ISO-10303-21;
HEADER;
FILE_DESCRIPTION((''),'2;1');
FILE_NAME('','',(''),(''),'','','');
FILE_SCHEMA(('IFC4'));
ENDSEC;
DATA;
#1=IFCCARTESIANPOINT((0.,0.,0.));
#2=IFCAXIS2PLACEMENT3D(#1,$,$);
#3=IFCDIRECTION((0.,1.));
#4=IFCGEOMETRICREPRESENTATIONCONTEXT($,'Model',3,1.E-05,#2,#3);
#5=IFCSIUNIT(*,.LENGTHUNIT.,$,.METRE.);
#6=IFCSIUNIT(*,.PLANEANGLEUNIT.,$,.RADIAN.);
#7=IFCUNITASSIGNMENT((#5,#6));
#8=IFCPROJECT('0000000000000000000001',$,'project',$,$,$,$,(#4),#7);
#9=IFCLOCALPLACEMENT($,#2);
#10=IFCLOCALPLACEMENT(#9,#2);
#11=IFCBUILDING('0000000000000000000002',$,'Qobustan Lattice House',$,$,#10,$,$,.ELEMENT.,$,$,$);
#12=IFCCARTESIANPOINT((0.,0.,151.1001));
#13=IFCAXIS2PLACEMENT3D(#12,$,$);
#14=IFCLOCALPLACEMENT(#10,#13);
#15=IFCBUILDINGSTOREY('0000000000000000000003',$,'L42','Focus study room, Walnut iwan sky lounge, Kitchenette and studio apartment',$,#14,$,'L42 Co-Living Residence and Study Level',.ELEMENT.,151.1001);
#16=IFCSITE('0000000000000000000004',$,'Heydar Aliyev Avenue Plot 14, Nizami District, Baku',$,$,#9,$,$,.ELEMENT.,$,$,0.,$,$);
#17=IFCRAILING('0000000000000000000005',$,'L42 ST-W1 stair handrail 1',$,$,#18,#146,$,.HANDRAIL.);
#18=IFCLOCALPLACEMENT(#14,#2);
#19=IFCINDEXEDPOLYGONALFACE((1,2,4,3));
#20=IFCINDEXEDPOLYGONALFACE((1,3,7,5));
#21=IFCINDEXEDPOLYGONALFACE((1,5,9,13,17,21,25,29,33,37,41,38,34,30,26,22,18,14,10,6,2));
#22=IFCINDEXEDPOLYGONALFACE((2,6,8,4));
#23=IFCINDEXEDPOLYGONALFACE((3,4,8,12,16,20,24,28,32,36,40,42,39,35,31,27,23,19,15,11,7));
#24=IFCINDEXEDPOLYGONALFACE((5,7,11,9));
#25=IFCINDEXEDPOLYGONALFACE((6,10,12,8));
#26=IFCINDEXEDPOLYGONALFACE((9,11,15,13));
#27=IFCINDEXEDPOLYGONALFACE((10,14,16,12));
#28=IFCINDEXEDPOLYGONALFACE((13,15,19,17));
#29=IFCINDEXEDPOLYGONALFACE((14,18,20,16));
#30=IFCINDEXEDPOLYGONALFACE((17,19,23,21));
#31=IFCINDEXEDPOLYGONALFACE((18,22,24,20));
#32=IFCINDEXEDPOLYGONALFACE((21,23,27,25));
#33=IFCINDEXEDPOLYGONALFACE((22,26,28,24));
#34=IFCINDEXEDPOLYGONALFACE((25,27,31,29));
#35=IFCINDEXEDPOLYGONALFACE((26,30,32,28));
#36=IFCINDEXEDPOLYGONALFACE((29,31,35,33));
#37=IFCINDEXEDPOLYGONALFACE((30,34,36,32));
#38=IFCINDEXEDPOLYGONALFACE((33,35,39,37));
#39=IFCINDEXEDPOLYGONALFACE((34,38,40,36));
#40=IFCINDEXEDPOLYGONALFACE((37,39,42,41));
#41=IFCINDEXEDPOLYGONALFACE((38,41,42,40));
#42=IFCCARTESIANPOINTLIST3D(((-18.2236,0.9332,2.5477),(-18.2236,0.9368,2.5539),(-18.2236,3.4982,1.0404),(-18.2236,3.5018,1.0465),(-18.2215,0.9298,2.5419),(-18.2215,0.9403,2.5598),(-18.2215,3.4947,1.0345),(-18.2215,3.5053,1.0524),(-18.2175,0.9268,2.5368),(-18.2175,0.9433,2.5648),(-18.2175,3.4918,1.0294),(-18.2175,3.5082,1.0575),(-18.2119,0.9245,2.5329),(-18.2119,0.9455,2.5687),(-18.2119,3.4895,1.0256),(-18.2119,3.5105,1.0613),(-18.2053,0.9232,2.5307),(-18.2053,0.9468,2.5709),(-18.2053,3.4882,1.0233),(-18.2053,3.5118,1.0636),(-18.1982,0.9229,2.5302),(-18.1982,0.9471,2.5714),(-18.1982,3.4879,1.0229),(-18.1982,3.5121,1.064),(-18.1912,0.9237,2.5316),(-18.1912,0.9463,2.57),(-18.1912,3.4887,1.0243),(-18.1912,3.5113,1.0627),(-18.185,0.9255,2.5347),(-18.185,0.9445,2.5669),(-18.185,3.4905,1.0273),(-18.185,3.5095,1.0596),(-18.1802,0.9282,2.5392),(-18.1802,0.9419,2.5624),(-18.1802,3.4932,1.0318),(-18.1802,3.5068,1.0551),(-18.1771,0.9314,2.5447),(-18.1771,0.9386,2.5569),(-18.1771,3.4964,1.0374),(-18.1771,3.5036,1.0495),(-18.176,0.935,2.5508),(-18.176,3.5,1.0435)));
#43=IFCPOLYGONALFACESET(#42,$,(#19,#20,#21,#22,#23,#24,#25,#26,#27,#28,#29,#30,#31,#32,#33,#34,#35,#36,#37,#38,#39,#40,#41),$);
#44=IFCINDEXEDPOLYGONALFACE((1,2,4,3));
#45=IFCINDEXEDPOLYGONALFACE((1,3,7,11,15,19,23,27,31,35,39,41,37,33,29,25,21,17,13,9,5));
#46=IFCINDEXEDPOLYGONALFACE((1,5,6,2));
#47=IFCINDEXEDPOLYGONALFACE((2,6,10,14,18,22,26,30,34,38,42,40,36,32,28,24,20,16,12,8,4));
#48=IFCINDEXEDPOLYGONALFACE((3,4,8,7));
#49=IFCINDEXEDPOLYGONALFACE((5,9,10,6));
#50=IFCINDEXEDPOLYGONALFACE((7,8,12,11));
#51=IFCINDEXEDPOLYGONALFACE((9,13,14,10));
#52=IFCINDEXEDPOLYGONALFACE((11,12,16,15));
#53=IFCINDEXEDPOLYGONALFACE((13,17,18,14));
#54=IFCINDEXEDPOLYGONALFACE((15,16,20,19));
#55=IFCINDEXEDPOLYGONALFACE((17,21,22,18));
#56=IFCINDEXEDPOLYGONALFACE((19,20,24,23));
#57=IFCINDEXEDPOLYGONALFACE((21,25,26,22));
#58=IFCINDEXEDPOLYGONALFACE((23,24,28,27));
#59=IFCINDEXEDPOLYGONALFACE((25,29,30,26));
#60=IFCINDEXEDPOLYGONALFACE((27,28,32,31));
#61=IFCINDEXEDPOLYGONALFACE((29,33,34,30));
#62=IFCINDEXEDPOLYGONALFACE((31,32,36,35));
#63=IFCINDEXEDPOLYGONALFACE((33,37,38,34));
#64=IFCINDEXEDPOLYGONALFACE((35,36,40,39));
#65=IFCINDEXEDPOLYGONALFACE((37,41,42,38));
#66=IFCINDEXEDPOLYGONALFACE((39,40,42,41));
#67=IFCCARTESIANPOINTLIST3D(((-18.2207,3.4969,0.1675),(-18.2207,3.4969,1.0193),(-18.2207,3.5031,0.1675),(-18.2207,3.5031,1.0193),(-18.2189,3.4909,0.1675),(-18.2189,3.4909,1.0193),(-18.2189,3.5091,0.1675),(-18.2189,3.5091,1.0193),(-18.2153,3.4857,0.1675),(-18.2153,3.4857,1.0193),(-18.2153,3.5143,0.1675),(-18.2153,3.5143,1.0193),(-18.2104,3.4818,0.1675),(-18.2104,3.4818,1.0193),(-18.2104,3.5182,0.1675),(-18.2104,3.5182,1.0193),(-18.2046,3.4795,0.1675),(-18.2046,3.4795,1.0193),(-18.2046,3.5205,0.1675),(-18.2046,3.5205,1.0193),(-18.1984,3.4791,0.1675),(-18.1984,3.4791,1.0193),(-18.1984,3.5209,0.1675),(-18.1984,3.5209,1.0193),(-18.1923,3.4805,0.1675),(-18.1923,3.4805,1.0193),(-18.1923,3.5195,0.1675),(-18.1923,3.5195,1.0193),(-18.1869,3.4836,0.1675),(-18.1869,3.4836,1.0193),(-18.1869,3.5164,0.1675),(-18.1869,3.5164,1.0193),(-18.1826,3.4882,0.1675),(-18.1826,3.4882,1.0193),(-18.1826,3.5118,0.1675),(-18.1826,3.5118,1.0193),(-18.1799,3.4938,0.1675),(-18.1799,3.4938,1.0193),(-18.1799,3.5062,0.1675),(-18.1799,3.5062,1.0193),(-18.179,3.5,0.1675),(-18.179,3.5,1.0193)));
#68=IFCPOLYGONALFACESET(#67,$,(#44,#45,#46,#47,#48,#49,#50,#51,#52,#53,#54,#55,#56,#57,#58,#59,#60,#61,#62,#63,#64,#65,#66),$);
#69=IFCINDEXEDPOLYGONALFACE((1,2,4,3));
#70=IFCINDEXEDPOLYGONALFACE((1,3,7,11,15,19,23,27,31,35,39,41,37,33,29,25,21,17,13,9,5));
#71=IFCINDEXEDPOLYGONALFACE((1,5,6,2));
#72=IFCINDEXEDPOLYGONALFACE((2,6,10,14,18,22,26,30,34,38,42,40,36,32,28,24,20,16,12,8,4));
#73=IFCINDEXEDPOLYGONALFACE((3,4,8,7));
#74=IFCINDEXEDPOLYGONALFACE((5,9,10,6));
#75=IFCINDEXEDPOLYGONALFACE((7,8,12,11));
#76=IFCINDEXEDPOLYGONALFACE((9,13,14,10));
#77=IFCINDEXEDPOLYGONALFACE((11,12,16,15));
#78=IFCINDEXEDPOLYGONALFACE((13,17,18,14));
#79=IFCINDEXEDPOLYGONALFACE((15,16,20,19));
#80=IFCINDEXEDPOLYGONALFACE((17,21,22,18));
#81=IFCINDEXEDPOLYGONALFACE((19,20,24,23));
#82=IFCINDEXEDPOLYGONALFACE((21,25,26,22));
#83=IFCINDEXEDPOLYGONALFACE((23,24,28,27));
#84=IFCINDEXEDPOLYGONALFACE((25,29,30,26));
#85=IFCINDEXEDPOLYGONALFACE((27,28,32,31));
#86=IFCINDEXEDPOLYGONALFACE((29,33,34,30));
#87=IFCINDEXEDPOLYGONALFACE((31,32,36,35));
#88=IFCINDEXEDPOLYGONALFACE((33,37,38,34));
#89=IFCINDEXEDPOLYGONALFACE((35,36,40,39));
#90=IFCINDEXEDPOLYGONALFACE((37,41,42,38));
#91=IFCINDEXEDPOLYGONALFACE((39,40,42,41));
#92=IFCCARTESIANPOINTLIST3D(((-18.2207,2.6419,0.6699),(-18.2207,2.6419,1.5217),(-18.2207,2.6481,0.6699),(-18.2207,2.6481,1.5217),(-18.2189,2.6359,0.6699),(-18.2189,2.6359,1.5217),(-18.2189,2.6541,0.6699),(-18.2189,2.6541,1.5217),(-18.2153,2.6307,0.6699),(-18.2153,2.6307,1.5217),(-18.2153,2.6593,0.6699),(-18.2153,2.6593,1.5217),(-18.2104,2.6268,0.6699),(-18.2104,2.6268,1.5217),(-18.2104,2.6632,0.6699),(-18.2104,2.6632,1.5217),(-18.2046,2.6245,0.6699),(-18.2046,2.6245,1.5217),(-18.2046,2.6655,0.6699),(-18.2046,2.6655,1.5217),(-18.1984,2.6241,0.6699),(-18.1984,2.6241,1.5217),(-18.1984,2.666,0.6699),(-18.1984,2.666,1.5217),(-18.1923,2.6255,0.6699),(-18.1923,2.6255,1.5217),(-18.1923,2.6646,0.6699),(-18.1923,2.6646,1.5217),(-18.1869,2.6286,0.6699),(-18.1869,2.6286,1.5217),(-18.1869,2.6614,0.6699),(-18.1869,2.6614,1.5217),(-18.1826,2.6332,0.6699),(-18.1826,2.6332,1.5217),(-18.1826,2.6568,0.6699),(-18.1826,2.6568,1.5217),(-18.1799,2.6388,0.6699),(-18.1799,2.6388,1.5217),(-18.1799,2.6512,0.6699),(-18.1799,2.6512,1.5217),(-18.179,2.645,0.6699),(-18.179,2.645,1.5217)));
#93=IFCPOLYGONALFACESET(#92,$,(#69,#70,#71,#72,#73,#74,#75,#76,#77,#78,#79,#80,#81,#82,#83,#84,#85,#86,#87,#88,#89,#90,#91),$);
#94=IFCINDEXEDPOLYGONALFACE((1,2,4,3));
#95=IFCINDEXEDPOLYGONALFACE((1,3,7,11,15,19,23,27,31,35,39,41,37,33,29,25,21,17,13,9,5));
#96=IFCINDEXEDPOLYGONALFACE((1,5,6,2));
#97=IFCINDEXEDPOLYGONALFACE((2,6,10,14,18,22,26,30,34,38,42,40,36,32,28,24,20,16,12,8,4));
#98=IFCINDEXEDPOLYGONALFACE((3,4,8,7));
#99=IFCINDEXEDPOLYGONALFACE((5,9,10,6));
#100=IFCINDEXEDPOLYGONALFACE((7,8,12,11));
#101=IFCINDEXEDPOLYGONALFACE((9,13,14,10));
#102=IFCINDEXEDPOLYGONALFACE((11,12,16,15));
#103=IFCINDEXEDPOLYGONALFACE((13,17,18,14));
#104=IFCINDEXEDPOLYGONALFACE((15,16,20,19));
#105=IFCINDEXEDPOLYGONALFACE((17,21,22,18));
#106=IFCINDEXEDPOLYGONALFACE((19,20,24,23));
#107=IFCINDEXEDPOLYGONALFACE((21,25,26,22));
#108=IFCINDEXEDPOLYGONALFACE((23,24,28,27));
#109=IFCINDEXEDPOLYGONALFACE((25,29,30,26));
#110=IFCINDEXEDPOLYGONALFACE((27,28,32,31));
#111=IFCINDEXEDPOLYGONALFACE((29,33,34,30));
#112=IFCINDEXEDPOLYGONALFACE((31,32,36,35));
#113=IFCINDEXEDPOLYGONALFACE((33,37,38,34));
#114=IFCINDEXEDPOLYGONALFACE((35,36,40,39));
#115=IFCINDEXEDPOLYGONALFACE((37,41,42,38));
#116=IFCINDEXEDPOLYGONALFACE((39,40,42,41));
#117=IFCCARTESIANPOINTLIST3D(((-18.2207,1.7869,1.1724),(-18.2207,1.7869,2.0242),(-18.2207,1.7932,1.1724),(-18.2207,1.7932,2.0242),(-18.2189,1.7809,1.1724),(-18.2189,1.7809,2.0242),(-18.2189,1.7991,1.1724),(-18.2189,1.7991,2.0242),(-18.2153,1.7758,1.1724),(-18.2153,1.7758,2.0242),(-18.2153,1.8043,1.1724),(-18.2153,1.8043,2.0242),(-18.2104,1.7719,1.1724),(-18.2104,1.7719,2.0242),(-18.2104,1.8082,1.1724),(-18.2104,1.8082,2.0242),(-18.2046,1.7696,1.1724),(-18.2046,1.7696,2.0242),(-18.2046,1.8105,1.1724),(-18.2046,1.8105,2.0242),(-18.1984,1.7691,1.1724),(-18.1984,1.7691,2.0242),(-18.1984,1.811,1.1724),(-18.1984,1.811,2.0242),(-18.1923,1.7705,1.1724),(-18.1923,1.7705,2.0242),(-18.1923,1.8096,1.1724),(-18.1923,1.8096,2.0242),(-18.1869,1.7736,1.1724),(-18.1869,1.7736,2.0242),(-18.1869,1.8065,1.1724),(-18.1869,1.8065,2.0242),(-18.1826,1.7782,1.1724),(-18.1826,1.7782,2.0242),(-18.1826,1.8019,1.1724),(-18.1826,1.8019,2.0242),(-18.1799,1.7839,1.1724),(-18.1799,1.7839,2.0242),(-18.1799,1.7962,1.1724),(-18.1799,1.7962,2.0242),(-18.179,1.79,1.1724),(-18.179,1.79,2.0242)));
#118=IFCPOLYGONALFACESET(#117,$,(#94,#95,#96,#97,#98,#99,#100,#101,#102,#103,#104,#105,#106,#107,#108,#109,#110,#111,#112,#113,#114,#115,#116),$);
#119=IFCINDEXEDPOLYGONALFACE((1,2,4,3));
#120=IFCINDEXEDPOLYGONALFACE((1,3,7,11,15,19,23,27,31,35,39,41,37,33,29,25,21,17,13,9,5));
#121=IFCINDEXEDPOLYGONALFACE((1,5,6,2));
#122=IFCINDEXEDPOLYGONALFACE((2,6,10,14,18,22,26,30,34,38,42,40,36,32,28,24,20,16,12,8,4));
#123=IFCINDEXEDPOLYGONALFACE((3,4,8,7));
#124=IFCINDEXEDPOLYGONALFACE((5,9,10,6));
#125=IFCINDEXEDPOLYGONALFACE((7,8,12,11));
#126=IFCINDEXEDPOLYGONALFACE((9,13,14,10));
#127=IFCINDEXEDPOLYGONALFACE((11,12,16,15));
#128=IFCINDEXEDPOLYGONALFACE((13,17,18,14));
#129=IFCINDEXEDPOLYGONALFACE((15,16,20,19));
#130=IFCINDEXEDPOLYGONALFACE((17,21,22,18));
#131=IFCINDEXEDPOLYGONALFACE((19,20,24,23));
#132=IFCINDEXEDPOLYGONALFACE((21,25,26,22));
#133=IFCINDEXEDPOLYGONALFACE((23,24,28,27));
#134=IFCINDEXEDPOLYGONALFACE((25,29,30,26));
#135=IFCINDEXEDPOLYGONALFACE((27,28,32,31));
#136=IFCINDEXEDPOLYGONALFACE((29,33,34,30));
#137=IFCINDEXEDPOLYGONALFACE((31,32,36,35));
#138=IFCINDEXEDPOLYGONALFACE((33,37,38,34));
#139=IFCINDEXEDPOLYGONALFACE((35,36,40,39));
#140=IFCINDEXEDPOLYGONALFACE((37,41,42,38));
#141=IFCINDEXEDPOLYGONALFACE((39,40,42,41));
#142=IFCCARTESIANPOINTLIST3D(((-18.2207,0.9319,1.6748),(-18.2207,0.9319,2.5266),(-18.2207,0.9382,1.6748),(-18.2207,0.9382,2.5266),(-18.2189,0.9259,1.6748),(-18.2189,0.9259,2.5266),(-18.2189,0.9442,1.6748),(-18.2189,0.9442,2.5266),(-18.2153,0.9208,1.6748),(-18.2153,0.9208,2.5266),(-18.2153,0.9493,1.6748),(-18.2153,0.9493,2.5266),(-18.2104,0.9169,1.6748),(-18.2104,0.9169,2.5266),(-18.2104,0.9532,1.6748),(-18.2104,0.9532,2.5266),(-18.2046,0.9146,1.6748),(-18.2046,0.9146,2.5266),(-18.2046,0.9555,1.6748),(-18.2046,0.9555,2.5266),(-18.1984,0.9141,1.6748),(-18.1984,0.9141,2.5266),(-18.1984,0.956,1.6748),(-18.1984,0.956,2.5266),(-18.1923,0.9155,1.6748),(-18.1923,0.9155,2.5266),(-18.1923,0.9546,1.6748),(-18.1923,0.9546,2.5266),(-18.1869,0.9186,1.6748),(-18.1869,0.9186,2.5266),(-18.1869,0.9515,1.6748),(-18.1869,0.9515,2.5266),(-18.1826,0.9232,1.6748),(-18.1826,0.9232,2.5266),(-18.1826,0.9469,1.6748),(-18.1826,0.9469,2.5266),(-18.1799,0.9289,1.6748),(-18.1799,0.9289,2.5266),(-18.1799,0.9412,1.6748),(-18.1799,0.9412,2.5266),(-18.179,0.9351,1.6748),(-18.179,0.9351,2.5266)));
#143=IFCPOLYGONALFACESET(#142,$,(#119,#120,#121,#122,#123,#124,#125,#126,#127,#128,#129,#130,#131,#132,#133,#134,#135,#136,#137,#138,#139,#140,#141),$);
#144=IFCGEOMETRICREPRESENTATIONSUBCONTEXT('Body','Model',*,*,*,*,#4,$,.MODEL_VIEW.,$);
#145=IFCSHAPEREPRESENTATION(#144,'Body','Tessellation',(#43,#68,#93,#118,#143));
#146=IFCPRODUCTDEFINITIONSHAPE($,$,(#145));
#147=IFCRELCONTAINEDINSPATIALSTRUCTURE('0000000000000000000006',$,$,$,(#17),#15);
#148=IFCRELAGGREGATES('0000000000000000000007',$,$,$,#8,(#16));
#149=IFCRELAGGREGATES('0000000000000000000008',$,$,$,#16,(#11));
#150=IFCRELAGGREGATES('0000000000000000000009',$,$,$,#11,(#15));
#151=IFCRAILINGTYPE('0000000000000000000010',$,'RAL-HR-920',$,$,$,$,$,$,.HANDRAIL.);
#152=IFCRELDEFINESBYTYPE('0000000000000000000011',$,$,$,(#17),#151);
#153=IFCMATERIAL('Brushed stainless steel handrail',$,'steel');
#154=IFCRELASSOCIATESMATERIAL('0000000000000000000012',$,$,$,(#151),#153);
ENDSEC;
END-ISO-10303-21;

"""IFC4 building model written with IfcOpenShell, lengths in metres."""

from ifc_helpers import new_model, si_unit, direction, frame, origin, origin_2d, place, context, subcontext, project, spatial, circle, extrude, material, type_object, element, save


model = new_model("IFC4")

# Units and contexts
model_context = context("Model", 3, precision=1e-05, world=origin(), true_north=direction((0.0, 1.0)))
body_context = subcontext(model_context, "Body", "Model", "MODEL_VIEW")
ifc_project = project(units=[si_unit("LENGTHUNIT", "METRE"), si_unit("PLANEANGLEUNIT", "RADIAN")], contexts=[model_context])

# Site, building, storey
site_placement = place(None, origin())
site = spatial("IfcSite", under=ifc_project, at=site_placement, Name="Heydar Aliyev Avenue Plot 14, Nizami District, Baku", CompositionType="ELEMENT", RefElevation=0.0)
building_placement = place(site_placement, origin())
building = spatial("IfcBuilding", under=site, at=building_placement, Name="Qobustan Lattice House", CompositionType="ELEMENT")
storey_placement = place(building_placement, frame((0.0, 0.0, 151.1001)))
storey = spatial("IfcBuildingStorey", under=building, at=storey_placement, Name="L42", Description="Focus study room, Walnut iwan sky lounge, Kitchenette and studio apartment", LongName="L42 Co-Living Residence and Study Level", CompositionType="ELEMENT", Elevation=151.1001)

# Railing
ifc_material_1 = material(Name="Brushed stainless steel handrail", Category="steel")
railing_type_1 = type_object("IfcRailingType", Name="RAL-HR-920", PredefinedType="HANDRAIL", material=ifc_material_1)
railing_1_placement = place(storey_placement, frame((-18.2, 3.5, 0.1675)))
element("IfcRailing", 1, at=railing_1_placement, inside=storey, type_object=railing_type_1, Name="L42 ST-W1 stair handrail 1", PredefinedType="HANDRAIL", context=body_context, shape_type="SweptSolid", body=[
    extrude(circle(Radius=0.0239, at=origin_2d()), frame((0.0, 0.0, 0.876), z_axis=(0.0, -0.862149, 0.506654), x_axis=(1.0, 0.0, 0.0)), (0.0, 0.0, 1.0), 2.9751),
    extrude(circle(Radius=0.021, at=origin_2d()), origin(), (0.0, 0.0, 1.0), 0.8518),
    extrude(circle(Radius=0.021, at=origin_2d()), frame((0.0, -0.855, 0.5024)), (0.0, 0.0, 1.0), 0.8518),
    extrude(circle(Radius=0.021, at=origin_2d()), frame((0.0, -1.71, 1.0049)), (0.0, 0.0, 1.0), 0.8518),
    extrude(circle(Radius=0.021, at=origin_2d()), frame((0.0, -2.5649, 1.5073)), (0.0, 0.0, 1.0), 0.8518),
])

save(model, "model.ifc")
